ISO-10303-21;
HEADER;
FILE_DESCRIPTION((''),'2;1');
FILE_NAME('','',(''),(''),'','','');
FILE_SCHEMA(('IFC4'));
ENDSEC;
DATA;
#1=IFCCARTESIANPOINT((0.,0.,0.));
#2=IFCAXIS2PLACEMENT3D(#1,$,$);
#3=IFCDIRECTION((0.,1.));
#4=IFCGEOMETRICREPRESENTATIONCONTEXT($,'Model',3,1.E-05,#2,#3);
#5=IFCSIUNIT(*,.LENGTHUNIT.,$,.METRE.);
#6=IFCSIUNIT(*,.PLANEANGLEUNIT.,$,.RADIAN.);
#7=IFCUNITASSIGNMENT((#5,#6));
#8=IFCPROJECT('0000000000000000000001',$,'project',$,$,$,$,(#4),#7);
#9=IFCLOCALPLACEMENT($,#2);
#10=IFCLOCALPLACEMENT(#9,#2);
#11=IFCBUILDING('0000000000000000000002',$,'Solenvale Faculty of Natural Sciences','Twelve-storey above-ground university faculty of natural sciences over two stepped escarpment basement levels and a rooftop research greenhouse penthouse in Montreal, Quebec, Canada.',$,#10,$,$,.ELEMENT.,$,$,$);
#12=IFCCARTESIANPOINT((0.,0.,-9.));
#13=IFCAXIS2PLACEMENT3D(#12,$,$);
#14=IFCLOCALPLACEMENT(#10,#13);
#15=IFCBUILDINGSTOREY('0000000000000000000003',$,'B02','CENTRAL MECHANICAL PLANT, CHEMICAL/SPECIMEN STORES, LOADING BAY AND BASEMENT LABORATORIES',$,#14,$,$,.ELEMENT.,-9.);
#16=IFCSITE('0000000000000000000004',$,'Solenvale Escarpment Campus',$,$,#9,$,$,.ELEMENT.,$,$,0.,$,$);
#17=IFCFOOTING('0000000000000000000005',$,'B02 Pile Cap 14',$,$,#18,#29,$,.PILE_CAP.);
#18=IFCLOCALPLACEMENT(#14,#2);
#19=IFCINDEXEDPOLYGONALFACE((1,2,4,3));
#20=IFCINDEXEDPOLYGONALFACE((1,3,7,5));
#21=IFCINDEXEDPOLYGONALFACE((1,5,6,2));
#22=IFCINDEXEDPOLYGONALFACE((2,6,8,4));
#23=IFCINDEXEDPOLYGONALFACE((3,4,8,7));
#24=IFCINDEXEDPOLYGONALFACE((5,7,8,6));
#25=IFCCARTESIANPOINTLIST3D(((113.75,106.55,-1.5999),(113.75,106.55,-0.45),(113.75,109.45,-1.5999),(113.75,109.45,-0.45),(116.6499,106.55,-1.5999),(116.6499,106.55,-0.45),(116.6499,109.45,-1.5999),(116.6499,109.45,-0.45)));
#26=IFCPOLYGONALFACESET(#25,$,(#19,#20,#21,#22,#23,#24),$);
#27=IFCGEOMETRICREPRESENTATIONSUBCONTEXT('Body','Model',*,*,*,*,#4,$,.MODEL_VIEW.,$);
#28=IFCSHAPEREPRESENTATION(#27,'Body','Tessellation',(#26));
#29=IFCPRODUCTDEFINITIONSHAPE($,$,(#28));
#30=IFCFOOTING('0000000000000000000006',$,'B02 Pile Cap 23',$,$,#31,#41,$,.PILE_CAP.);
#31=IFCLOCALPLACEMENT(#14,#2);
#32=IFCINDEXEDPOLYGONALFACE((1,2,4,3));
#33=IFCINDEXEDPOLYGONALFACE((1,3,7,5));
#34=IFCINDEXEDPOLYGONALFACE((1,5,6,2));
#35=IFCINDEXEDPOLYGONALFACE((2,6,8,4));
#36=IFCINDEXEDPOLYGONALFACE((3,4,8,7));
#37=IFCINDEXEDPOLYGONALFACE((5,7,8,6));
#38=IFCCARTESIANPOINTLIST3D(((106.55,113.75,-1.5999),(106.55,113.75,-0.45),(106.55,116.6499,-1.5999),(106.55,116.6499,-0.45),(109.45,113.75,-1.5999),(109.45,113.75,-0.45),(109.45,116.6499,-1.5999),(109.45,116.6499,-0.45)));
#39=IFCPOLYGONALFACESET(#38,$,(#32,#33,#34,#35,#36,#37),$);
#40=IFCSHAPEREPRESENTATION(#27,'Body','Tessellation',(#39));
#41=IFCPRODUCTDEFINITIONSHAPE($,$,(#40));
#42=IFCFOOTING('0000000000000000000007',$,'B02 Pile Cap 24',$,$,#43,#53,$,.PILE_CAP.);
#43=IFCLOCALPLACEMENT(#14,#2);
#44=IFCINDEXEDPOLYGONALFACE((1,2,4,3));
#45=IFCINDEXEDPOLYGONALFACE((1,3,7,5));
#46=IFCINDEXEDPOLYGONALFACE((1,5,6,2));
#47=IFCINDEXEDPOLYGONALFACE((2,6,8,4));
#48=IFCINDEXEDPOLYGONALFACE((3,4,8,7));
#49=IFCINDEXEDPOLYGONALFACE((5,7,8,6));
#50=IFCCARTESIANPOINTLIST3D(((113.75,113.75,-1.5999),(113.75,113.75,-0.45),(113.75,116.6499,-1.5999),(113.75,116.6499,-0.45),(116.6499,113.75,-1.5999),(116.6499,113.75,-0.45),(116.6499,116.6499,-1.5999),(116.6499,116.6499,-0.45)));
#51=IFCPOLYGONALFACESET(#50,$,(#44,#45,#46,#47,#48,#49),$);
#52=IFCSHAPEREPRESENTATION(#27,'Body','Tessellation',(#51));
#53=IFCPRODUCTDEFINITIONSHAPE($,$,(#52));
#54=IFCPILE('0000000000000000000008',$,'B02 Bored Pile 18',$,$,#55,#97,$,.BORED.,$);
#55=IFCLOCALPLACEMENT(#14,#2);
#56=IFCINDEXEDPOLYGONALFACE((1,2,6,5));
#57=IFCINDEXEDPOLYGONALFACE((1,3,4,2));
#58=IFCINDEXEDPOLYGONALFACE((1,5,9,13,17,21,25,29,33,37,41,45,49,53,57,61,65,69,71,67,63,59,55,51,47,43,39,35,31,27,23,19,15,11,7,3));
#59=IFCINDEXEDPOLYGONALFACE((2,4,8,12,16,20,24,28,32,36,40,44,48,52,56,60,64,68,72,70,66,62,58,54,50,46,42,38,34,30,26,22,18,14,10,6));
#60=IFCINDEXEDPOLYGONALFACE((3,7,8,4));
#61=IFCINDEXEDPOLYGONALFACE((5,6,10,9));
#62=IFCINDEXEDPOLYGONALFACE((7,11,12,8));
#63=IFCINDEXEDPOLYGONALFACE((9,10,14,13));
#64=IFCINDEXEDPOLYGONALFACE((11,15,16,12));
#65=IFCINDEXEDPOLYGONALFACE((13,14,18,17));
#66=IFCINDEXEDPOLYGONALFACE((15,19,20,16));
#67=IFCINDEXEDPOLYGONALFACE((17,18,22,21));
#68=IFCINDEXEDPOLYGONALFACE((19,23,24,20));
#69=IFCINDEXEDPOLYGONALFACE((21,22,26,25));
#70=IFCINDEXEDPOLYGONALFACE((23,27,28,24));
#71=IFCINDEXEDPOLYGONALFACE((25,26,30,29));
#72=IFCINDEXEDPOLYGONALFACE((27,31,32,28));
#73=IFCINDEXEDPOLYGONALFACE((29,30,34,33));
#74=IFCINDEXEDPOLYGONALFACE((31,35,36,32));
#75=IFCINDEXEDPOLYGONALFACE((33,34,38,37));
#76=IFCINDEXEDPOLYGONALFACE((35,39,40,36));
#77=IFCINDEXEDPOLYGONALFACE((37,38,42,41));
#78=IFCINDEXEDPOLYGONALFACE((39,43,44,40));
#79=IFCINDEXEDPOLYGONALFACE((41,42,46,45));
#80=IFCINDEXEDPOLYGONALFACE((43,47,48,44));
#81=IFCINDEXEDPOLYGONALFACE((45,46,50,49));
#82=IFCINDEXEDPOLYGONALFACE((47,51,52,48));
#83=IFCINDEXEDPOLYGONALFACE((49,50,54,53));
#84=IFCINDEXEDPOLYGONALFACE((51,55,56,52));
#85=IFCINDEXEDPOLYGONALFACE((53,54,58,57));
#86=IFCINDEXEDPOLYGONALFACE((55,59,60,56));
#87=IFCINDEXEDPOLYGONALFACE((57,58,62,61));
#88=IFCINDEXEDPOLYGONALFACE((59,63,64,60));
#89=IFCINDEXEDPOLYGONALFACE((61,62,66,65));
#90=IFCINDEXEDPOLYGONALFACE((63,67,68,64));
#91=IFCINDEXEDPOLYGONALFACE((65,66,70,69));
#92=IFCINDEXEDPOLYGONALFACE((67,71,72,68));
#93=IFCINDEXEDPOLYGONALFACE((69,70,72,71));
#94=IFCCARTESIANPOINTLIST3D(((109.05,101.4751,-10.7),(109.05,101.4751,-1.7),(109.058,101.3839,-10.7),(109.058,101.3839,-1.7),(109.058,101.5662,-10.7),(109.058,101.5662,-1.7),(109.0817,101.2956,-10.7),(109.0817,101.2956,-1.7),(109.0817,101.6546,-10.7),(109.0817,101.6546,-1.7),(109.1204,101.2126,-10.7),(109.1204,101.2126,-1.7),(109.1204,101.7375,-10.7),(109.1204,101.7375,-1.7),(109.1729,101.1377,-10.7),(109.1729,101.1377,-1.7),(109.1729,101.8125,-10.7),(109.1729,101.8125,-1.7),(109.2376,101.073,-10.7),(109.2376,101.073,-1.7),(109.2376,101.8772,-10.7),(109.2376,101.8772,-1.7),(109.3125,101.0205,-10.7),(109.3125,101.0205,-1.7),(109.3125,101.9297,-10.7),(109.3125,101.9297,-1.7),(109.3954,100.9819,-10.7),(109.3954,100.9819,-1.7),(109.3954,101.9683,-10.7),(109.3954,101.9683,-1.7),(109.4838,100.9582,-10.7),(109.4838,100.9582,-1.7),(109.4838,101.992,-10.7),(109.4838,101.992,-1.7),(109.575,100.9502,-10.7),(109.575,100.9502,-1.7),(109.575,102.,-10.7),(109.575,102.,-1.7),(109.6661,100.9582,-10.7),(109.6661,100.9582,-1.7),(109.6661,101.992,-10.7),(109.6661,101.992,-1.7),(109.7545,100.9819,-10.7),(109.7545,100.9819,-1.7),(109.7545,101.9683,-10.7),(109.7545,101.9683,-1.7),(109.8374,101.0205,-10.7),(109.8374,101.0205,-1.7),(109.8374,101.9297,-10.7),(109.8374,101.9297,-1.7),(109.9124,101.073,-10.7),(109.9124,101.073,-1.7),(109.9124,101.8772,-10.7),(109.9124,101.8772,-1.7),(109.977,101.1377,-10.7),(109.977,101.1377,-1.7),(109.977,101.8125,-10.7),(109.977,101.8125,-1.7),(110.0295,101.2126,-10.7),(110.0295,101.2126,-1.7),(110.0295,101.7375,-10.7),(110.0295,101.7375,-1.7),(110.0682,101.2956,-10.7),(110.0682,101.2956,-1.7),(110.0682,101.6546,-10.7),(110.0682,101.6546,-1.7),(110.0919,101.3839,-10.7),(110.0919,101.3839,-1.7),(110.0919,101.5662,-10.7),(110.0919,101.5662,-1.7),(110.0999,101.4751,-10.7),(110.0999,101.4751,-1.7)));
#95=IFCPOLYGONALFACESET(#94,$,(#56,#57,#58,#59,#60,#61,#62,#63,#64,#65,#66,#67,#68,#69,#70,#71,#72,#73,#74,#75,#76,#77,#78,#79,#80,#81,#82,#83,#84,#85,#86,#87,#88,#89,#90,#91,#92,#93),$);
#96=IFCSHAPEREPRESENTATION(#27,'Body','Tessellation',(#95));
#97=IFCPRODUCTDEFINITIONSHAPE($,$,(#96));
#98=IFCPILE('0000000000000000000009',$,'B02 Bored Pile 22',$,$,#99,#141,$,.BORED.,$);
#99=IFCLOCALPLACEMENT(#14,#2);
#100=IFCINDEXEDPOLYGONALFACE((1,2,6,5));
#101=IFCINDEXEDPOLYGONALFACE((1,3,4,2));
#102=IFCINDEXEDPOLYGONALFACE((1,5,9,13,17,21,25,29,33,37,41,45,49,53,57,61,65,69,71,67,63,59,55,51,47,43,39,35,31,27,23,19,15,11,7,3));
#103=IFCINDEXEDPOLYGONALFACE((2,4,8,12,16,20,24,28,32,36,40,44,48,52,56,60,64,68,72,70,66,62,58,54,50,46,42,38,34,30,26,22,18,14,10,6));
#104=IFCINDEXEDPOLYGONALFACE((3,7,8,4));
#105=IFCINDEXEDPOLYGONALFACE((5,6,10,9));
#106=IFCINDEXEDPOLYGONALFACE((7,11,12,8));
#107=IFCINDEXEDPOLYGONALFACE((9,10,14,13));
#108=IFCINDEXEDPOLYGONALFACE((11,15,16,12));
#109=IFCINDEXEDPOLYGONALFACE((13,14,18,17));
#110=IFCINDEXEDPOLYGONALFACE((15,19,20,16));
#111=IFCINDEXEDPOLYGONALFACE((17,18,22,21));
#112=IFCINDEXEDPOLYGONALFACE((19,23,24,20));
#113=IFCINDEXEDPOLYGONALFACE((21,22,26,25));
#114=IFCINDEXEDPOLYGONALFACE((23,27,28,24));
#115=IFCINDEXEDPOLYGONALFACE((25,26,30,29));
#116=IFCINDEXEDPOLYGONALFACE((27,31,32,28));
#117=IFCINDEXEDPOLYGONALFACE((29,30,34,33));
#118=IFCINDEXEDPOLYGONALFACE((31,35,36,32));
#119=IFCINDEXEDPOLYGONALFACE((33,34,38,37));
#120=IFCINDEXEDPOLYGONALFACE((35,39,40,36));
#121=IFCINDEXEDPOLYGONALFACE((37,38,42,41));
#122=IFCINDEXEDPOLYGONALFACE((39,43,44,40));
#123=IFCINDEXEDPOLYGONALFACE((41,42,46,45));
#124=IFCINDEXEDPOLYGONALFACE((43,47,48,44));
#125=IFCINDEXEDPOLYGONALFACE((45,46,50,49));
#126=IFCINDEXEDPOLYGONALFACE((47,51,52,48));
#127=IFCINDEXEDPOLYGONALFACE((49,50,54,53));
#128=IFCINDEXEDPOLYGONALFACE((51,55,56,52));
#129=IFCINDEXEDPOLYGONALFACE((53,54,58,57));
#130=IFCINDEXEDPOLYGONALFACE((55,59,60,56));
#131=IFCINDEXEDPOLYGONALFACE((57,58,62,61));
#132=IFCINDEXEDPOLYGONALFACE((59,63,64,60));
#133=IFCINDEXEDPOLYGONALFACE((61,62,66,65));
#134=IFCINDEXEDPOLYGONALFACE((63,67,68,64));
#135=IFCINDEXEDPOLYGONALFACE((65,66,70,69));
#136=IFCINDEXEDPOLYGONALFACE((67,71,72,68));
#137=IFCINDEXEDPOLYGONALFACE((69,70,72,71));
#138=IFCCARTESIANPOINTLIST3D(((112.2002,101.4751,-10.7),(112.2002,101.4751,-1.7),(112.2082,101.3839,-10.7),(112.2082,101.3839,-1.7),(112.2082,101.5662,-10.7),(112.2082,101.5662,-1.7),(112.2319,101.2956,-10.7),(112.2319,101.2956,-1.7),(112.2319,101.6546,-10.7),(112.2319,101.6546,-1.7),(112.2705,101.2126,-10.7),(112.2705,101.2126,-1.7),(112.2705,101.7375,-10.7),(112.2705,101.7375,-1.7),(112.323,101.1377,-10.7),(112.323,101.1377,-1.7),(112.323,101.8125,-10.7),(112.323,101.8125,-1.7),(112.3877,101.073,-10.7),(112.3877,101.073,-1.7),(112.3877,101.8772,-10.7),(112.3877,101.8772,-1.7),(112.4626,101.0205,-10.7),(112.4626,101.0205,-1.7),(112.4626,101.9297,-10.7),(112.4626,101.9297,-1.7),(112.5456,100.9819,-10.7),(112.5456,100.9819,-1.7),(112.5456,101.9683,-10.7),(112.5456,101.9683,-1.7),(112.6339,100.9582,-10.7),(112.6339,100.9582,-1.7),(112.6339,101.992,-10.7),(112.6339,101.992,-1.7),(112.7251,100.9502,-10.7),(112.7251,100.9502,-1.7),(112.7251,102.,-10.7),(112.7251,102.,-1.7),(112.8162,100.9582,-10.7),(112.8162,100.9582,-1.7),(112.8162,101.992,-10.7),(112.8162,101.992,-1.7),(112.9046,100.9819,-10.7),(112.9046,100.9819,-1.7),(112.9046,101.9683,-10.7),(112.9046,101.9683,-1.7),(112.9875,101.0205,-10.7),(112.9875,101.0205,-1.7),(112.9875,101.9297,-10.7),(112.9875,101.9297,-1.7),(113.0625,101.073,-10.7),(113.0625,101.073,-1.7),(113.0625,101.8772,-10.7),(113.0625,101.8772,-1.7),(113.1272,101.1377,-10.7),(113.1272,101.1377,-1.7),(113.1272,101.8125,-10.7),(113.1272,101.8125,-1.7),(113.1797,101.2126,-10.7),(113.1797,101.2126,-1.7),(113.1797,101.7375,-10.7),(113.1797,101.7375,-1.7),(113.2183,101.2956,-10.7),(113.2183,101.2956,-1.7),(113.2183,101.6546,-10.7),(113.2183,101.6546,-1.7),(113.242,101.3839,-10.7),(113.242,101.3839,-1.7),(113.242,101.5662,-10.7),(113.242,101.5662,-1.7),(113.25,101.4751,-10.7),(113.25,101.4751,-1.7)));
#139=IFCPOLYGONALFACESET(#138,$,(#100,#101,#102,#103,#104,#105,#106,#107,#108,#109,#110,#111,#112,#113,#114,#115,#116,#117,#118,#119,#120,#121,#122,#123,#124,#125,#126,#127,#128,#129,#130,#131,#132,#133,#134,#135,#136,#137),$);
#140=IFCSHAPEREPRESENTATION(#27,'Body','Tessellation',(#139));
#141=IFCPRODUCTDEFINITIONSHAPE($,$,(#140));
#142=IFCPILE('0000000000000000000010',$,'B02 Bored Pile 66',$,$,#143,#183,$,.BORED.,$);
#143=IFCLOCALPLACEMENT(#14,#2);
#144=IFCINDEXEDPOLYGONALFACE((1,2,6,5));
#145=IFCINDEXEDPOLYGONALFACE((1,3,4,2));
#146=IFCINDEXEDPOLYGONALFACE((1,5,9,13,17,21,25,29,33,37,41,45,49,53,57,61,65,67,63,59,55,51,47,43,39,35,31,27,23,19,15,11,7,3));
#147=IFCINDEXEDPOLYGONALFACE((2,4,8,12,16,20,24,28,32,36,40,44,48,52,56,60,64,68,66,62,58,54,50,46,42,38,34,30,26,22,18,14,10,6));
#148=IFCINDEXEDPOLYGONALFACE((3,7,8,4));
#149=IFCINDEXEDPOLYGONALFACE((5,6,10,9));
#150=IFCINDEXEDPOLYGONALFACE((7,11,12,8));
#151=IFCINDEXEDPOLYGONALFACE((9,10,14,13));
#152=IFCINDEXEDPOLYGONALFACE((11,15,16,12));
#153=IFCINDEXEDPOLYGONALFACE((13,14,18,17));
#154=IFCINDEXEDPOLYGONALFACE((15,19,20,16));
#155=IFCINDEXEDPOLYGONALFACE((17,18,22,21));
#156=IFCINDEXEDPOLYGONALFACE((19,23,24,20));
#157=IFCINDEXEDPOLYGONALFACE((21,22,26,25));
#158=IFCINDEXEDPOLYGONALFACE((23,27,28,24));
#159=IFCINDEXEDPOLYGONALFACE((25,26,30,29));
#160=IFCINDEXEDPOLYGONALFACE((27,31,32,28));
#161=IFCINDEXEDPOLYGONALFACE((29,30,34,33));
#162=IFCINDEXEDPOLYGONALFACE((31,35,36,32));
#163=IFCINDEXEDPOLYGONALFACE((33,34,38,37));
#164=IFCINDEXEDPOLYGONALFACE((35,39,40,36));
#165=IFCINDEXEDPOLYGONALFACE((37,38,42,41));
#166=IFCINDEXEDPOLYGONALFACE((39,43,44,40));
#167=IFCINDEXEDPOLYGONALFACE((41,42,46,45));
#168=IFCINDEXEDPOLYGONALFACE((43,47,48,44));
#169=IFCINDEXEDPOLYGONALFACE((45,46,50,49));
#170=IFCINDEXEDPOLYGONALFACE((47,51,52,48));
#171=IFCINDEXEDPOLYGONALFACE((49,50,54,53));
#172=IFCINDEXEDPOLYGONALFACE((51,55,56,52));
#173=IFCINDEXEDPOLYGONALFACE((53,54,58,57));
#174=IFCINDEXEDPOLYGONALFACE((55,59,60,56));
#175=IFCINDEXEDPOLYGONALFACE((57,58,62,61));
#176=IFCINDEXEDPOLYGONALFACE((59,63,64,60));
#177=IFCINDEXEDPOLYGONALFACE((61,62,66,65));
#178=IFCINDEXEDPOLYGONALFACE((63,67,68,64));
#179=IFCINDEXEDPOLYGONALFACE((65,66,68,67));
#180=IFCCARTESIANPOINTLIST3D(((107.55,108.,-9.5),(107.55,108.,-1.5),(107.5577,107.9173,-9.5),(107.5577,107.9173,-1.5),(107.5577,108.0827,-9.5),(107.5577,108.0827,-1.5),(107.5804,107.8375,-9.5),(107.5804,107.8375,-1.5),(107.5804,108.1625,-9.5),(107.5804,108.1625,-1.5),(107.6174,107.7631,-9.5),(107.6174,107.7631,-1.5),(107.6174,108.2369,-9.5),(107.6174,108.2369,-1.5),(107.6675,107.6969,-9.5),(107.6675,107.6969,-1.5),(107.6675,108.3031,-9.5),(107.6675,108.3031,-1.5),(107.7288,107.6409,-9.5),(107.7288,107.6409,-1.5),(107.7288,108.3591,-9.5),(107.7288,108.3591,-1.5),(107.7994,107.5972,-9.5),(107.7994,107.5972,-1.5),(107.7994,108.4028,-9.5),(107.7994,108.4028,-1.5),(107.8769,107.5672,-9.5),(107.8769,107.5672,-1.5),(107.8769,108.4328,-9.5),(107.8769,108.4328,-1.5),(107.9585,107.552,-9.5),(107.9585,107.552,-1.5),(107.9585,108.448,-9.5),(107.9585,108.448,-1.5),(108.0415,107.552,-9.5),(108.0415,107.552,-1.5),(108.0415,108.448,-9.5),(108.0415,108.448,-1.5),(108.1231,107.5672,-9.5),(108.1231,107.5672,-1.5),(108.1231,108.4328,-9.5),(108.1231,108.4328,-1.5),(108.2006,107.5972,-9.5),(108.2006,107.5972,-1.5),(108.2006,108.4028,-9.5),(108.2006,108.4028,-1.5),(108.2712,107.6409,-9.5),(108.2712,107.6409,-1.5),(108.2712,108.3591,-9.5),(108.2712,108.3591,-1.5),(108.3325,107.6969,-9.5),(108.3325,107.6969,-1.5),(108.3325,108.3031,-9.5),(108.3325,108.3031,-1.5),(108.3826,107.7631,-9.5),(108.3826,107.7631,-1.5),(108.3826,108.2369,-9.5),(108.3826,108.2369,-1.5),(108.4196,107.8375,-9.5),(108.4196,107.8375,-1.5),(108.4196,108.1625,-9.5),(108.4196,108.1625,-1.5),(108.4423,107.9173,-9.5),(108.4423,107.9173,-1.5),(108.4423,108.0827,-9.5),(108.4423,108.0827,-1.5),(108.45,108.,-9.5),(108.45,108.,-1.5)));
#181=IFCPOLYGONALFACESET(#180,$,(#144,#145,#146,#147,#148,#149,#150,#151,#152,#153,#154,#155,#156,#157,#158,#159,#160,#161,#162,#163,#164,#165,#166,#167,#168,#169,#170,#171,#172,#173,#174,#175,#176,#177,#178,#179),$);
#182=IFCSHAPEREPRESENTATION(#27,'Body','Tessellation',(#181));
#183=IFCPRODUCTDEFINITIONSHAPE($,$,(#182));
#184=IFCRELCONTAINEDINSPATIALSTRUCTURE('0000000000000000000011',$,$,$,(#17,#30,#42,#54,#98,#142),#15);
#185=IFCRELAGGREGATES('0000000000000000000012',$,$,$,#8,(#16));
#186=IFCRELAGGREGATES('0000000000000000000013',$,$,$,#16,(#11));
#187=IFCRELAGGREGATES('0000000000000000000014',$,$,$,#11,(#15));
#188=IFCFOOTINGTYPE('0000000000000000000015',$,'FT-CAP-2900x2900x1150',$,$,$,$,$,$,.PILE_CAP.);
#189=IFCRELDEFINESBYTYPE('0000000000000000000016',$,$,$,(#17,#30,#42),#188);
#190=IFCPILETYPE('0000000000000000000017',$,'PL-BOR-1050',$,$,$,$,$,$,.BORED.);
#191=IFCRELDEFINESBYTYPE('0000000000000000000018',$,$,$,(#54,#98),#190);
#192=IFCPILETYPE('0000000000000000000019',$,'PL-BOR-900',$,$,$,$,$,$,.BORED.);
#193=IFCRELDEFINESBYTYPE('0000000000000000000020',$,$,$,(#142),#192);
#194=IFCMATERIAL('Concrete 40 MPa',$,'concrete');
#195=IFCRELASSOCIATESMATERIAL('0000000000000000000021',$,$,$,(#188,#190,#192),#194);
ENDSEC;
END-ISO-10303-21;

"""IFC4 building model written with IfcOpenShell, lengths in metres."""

from ifc_helpers import new_model, si_unit, direction, frame, origin, origin_2d, place, context, subcontext, project, spatial, rectangle, circle, extrude, material, material_profile, profile_set, type_object, element, save


model = new_model("IFC4")

# Units and contexts
model_context = context("Model", 3, precision=1e-05, world=origin(), true_north=direction((0.0, 1.0)))
body_context = subcontext(model_context, "Body", "Model", "MODEL_VIEW")
ifc_project = project(units=[si_unit("LENGTHUNIT", "METRE"), si_unit("PLANEANGLEUNIT", "RADIAN")], contexts=[model_context])

# Site, building, storey
site_placement = place(None, origin())
site = spatial("IfcSite", under=ifc_project, at=site_placement, Name="Solenvale Escarpment Campus", CompositionType="ELEMENT", RefElevation=0.0)
building_placement = place(site_placement, origin())
building = spatial("IfcBuilding", under=site, at=building_placement, Name="Solenvale Faculty of Natural Sciences", Description="Twelve-storey above-ground university faculty of natural sciences over two stepped escarpment basement levels and a rooftop research greenhouse penthouse in Montreal, Quebec, Canada.", CompositionType="ELEMENT")
storey_placement = place(building_placement, frame((0.0, 0.0, -9.0)))
storey = spatial("IfcBuildingStorey", under=building, at=storey_placement, Name="B02", Description="CENTRAL MECHANICAL PLANT, CHEMICAL/SPECIMEN STORES, LOADING BAY AND BASEMENT LABORATORIES", CompositionType="ELEMENT", Elevation=-9.0)

# Footings
ifc_material_1 = material(Name="Concrete 40 MPa", Category="concrete")
footing_type = type_object("IfcFootingType", Name="FT-CAP-2900x2900x1150", PredefinedType="PILE_CAP", material=ifc_material_1)
for number, where, z_axis, x_axis, name in (
    (1, (115.2, 108.0, -1.5999), (0.0, 0.0, 1.0), (1.0, 0.0, 0.0), "B02 Pile Cap 14"),
    (2, (108.0, 115.2, -1.5999), (0.0, 0.0, 1.0), (1.0, 0.0, 0.0), "B02 Pile Cap 23"),
    (3, (115.2, 115.2, -1.5999), (0.0, 0.0, 1.0), (1.0, 0.0, 0.0), "B02 Pile Cap 24"),
):
    element("IfcFooting", number, at=place(storey_placement, frame(where, z_axis=z_axis, x_axis=x_axis)), inside=storey, type_object=footing_type, Name=name, PredefinedType="PILE_CAP", context=body_context, shape_type="SweptSolid", body=[
        extrude(rectangle(XDim=2.8999, YDim=2.8999, at=origin_2d()), origin(), (0.0, 0.0, 1.0), 1.1499),
    ])

# Piles
ifc_material_profile_1 = material_profile(ifc_material_1, circle(Radius=0.5249, at=origin_2d()), Name="PILE-D1050")
ifc_profile_set_1 = profile_set([ifc_material_profile_1], Name="Concrete 40 MPa")
pile_type_1 = type_object("IfcPileType", Name="PL-BOR-1050", PredefinedType="BORED", material=ifc_profile_set_1)
for number, where, z_axis, x_axis, name in (
    (4, (109.575, 101.4751, -1.7), (0.0, 0.0, -1.0), (1.0, 0.0, 0.0), "B02 Bored Pile 18"),
    (5, (112.7251, 101.4751, -1.7), (0.0, 0.0, -1.0), (1.0, 0.0, 0.0), "B02 Bored Pile 22"),
):
    element("IfcPile", number, at=place(storey_placement, frame(where, z_axis=z_axis, x_axis=x_axis)), inside=storey, type_object=pile_type_1, Name=name, PredefinedType="BORED", context=body_context, shape_type="SweptSolid", body=[
        extrude(circle(Radius=0.5249, at=origin_2d()), origin(), (0.0, 0.0, 1.0), 9.0),
    ])
ifc_material_profile_2 = material_profile(ifc_material_1, circle(Radius=0.45, at=origin_2d()), Name="PILE-D900")
ifc_profile_set_2 = profile_set([ifc_material_profile_2], Name="Concrete 40 MPa")
pile_type_2 = type_object("IfcPileType", Name="PL-BOR-900", PredefinedType="BORED", material=ifc_profile_set_2)
for number, where, z_axis, x_axis, name in (
    (6, (108.0, 108.0, -1.5), (0.0, 0.0, -1.0), (1.0, 0.0, 0.0), "B02 Bored Pile 66"),
):
    element("IfcPile", number, at=place(storey_placement, frame(where, z_axis=z_axis, x_axis=x_axis)), inside=storey, type_object=pile_type_2, Name=name, PredefinedType="BORED", context=body_context, shape_type="SweptSolid", body=[
        extrude(circle(Radius=0.45, at=origin_2d()), origin(), (0.0, 0.0, 1.0), 8.0),
    ])

save(model, "model.ifc")
